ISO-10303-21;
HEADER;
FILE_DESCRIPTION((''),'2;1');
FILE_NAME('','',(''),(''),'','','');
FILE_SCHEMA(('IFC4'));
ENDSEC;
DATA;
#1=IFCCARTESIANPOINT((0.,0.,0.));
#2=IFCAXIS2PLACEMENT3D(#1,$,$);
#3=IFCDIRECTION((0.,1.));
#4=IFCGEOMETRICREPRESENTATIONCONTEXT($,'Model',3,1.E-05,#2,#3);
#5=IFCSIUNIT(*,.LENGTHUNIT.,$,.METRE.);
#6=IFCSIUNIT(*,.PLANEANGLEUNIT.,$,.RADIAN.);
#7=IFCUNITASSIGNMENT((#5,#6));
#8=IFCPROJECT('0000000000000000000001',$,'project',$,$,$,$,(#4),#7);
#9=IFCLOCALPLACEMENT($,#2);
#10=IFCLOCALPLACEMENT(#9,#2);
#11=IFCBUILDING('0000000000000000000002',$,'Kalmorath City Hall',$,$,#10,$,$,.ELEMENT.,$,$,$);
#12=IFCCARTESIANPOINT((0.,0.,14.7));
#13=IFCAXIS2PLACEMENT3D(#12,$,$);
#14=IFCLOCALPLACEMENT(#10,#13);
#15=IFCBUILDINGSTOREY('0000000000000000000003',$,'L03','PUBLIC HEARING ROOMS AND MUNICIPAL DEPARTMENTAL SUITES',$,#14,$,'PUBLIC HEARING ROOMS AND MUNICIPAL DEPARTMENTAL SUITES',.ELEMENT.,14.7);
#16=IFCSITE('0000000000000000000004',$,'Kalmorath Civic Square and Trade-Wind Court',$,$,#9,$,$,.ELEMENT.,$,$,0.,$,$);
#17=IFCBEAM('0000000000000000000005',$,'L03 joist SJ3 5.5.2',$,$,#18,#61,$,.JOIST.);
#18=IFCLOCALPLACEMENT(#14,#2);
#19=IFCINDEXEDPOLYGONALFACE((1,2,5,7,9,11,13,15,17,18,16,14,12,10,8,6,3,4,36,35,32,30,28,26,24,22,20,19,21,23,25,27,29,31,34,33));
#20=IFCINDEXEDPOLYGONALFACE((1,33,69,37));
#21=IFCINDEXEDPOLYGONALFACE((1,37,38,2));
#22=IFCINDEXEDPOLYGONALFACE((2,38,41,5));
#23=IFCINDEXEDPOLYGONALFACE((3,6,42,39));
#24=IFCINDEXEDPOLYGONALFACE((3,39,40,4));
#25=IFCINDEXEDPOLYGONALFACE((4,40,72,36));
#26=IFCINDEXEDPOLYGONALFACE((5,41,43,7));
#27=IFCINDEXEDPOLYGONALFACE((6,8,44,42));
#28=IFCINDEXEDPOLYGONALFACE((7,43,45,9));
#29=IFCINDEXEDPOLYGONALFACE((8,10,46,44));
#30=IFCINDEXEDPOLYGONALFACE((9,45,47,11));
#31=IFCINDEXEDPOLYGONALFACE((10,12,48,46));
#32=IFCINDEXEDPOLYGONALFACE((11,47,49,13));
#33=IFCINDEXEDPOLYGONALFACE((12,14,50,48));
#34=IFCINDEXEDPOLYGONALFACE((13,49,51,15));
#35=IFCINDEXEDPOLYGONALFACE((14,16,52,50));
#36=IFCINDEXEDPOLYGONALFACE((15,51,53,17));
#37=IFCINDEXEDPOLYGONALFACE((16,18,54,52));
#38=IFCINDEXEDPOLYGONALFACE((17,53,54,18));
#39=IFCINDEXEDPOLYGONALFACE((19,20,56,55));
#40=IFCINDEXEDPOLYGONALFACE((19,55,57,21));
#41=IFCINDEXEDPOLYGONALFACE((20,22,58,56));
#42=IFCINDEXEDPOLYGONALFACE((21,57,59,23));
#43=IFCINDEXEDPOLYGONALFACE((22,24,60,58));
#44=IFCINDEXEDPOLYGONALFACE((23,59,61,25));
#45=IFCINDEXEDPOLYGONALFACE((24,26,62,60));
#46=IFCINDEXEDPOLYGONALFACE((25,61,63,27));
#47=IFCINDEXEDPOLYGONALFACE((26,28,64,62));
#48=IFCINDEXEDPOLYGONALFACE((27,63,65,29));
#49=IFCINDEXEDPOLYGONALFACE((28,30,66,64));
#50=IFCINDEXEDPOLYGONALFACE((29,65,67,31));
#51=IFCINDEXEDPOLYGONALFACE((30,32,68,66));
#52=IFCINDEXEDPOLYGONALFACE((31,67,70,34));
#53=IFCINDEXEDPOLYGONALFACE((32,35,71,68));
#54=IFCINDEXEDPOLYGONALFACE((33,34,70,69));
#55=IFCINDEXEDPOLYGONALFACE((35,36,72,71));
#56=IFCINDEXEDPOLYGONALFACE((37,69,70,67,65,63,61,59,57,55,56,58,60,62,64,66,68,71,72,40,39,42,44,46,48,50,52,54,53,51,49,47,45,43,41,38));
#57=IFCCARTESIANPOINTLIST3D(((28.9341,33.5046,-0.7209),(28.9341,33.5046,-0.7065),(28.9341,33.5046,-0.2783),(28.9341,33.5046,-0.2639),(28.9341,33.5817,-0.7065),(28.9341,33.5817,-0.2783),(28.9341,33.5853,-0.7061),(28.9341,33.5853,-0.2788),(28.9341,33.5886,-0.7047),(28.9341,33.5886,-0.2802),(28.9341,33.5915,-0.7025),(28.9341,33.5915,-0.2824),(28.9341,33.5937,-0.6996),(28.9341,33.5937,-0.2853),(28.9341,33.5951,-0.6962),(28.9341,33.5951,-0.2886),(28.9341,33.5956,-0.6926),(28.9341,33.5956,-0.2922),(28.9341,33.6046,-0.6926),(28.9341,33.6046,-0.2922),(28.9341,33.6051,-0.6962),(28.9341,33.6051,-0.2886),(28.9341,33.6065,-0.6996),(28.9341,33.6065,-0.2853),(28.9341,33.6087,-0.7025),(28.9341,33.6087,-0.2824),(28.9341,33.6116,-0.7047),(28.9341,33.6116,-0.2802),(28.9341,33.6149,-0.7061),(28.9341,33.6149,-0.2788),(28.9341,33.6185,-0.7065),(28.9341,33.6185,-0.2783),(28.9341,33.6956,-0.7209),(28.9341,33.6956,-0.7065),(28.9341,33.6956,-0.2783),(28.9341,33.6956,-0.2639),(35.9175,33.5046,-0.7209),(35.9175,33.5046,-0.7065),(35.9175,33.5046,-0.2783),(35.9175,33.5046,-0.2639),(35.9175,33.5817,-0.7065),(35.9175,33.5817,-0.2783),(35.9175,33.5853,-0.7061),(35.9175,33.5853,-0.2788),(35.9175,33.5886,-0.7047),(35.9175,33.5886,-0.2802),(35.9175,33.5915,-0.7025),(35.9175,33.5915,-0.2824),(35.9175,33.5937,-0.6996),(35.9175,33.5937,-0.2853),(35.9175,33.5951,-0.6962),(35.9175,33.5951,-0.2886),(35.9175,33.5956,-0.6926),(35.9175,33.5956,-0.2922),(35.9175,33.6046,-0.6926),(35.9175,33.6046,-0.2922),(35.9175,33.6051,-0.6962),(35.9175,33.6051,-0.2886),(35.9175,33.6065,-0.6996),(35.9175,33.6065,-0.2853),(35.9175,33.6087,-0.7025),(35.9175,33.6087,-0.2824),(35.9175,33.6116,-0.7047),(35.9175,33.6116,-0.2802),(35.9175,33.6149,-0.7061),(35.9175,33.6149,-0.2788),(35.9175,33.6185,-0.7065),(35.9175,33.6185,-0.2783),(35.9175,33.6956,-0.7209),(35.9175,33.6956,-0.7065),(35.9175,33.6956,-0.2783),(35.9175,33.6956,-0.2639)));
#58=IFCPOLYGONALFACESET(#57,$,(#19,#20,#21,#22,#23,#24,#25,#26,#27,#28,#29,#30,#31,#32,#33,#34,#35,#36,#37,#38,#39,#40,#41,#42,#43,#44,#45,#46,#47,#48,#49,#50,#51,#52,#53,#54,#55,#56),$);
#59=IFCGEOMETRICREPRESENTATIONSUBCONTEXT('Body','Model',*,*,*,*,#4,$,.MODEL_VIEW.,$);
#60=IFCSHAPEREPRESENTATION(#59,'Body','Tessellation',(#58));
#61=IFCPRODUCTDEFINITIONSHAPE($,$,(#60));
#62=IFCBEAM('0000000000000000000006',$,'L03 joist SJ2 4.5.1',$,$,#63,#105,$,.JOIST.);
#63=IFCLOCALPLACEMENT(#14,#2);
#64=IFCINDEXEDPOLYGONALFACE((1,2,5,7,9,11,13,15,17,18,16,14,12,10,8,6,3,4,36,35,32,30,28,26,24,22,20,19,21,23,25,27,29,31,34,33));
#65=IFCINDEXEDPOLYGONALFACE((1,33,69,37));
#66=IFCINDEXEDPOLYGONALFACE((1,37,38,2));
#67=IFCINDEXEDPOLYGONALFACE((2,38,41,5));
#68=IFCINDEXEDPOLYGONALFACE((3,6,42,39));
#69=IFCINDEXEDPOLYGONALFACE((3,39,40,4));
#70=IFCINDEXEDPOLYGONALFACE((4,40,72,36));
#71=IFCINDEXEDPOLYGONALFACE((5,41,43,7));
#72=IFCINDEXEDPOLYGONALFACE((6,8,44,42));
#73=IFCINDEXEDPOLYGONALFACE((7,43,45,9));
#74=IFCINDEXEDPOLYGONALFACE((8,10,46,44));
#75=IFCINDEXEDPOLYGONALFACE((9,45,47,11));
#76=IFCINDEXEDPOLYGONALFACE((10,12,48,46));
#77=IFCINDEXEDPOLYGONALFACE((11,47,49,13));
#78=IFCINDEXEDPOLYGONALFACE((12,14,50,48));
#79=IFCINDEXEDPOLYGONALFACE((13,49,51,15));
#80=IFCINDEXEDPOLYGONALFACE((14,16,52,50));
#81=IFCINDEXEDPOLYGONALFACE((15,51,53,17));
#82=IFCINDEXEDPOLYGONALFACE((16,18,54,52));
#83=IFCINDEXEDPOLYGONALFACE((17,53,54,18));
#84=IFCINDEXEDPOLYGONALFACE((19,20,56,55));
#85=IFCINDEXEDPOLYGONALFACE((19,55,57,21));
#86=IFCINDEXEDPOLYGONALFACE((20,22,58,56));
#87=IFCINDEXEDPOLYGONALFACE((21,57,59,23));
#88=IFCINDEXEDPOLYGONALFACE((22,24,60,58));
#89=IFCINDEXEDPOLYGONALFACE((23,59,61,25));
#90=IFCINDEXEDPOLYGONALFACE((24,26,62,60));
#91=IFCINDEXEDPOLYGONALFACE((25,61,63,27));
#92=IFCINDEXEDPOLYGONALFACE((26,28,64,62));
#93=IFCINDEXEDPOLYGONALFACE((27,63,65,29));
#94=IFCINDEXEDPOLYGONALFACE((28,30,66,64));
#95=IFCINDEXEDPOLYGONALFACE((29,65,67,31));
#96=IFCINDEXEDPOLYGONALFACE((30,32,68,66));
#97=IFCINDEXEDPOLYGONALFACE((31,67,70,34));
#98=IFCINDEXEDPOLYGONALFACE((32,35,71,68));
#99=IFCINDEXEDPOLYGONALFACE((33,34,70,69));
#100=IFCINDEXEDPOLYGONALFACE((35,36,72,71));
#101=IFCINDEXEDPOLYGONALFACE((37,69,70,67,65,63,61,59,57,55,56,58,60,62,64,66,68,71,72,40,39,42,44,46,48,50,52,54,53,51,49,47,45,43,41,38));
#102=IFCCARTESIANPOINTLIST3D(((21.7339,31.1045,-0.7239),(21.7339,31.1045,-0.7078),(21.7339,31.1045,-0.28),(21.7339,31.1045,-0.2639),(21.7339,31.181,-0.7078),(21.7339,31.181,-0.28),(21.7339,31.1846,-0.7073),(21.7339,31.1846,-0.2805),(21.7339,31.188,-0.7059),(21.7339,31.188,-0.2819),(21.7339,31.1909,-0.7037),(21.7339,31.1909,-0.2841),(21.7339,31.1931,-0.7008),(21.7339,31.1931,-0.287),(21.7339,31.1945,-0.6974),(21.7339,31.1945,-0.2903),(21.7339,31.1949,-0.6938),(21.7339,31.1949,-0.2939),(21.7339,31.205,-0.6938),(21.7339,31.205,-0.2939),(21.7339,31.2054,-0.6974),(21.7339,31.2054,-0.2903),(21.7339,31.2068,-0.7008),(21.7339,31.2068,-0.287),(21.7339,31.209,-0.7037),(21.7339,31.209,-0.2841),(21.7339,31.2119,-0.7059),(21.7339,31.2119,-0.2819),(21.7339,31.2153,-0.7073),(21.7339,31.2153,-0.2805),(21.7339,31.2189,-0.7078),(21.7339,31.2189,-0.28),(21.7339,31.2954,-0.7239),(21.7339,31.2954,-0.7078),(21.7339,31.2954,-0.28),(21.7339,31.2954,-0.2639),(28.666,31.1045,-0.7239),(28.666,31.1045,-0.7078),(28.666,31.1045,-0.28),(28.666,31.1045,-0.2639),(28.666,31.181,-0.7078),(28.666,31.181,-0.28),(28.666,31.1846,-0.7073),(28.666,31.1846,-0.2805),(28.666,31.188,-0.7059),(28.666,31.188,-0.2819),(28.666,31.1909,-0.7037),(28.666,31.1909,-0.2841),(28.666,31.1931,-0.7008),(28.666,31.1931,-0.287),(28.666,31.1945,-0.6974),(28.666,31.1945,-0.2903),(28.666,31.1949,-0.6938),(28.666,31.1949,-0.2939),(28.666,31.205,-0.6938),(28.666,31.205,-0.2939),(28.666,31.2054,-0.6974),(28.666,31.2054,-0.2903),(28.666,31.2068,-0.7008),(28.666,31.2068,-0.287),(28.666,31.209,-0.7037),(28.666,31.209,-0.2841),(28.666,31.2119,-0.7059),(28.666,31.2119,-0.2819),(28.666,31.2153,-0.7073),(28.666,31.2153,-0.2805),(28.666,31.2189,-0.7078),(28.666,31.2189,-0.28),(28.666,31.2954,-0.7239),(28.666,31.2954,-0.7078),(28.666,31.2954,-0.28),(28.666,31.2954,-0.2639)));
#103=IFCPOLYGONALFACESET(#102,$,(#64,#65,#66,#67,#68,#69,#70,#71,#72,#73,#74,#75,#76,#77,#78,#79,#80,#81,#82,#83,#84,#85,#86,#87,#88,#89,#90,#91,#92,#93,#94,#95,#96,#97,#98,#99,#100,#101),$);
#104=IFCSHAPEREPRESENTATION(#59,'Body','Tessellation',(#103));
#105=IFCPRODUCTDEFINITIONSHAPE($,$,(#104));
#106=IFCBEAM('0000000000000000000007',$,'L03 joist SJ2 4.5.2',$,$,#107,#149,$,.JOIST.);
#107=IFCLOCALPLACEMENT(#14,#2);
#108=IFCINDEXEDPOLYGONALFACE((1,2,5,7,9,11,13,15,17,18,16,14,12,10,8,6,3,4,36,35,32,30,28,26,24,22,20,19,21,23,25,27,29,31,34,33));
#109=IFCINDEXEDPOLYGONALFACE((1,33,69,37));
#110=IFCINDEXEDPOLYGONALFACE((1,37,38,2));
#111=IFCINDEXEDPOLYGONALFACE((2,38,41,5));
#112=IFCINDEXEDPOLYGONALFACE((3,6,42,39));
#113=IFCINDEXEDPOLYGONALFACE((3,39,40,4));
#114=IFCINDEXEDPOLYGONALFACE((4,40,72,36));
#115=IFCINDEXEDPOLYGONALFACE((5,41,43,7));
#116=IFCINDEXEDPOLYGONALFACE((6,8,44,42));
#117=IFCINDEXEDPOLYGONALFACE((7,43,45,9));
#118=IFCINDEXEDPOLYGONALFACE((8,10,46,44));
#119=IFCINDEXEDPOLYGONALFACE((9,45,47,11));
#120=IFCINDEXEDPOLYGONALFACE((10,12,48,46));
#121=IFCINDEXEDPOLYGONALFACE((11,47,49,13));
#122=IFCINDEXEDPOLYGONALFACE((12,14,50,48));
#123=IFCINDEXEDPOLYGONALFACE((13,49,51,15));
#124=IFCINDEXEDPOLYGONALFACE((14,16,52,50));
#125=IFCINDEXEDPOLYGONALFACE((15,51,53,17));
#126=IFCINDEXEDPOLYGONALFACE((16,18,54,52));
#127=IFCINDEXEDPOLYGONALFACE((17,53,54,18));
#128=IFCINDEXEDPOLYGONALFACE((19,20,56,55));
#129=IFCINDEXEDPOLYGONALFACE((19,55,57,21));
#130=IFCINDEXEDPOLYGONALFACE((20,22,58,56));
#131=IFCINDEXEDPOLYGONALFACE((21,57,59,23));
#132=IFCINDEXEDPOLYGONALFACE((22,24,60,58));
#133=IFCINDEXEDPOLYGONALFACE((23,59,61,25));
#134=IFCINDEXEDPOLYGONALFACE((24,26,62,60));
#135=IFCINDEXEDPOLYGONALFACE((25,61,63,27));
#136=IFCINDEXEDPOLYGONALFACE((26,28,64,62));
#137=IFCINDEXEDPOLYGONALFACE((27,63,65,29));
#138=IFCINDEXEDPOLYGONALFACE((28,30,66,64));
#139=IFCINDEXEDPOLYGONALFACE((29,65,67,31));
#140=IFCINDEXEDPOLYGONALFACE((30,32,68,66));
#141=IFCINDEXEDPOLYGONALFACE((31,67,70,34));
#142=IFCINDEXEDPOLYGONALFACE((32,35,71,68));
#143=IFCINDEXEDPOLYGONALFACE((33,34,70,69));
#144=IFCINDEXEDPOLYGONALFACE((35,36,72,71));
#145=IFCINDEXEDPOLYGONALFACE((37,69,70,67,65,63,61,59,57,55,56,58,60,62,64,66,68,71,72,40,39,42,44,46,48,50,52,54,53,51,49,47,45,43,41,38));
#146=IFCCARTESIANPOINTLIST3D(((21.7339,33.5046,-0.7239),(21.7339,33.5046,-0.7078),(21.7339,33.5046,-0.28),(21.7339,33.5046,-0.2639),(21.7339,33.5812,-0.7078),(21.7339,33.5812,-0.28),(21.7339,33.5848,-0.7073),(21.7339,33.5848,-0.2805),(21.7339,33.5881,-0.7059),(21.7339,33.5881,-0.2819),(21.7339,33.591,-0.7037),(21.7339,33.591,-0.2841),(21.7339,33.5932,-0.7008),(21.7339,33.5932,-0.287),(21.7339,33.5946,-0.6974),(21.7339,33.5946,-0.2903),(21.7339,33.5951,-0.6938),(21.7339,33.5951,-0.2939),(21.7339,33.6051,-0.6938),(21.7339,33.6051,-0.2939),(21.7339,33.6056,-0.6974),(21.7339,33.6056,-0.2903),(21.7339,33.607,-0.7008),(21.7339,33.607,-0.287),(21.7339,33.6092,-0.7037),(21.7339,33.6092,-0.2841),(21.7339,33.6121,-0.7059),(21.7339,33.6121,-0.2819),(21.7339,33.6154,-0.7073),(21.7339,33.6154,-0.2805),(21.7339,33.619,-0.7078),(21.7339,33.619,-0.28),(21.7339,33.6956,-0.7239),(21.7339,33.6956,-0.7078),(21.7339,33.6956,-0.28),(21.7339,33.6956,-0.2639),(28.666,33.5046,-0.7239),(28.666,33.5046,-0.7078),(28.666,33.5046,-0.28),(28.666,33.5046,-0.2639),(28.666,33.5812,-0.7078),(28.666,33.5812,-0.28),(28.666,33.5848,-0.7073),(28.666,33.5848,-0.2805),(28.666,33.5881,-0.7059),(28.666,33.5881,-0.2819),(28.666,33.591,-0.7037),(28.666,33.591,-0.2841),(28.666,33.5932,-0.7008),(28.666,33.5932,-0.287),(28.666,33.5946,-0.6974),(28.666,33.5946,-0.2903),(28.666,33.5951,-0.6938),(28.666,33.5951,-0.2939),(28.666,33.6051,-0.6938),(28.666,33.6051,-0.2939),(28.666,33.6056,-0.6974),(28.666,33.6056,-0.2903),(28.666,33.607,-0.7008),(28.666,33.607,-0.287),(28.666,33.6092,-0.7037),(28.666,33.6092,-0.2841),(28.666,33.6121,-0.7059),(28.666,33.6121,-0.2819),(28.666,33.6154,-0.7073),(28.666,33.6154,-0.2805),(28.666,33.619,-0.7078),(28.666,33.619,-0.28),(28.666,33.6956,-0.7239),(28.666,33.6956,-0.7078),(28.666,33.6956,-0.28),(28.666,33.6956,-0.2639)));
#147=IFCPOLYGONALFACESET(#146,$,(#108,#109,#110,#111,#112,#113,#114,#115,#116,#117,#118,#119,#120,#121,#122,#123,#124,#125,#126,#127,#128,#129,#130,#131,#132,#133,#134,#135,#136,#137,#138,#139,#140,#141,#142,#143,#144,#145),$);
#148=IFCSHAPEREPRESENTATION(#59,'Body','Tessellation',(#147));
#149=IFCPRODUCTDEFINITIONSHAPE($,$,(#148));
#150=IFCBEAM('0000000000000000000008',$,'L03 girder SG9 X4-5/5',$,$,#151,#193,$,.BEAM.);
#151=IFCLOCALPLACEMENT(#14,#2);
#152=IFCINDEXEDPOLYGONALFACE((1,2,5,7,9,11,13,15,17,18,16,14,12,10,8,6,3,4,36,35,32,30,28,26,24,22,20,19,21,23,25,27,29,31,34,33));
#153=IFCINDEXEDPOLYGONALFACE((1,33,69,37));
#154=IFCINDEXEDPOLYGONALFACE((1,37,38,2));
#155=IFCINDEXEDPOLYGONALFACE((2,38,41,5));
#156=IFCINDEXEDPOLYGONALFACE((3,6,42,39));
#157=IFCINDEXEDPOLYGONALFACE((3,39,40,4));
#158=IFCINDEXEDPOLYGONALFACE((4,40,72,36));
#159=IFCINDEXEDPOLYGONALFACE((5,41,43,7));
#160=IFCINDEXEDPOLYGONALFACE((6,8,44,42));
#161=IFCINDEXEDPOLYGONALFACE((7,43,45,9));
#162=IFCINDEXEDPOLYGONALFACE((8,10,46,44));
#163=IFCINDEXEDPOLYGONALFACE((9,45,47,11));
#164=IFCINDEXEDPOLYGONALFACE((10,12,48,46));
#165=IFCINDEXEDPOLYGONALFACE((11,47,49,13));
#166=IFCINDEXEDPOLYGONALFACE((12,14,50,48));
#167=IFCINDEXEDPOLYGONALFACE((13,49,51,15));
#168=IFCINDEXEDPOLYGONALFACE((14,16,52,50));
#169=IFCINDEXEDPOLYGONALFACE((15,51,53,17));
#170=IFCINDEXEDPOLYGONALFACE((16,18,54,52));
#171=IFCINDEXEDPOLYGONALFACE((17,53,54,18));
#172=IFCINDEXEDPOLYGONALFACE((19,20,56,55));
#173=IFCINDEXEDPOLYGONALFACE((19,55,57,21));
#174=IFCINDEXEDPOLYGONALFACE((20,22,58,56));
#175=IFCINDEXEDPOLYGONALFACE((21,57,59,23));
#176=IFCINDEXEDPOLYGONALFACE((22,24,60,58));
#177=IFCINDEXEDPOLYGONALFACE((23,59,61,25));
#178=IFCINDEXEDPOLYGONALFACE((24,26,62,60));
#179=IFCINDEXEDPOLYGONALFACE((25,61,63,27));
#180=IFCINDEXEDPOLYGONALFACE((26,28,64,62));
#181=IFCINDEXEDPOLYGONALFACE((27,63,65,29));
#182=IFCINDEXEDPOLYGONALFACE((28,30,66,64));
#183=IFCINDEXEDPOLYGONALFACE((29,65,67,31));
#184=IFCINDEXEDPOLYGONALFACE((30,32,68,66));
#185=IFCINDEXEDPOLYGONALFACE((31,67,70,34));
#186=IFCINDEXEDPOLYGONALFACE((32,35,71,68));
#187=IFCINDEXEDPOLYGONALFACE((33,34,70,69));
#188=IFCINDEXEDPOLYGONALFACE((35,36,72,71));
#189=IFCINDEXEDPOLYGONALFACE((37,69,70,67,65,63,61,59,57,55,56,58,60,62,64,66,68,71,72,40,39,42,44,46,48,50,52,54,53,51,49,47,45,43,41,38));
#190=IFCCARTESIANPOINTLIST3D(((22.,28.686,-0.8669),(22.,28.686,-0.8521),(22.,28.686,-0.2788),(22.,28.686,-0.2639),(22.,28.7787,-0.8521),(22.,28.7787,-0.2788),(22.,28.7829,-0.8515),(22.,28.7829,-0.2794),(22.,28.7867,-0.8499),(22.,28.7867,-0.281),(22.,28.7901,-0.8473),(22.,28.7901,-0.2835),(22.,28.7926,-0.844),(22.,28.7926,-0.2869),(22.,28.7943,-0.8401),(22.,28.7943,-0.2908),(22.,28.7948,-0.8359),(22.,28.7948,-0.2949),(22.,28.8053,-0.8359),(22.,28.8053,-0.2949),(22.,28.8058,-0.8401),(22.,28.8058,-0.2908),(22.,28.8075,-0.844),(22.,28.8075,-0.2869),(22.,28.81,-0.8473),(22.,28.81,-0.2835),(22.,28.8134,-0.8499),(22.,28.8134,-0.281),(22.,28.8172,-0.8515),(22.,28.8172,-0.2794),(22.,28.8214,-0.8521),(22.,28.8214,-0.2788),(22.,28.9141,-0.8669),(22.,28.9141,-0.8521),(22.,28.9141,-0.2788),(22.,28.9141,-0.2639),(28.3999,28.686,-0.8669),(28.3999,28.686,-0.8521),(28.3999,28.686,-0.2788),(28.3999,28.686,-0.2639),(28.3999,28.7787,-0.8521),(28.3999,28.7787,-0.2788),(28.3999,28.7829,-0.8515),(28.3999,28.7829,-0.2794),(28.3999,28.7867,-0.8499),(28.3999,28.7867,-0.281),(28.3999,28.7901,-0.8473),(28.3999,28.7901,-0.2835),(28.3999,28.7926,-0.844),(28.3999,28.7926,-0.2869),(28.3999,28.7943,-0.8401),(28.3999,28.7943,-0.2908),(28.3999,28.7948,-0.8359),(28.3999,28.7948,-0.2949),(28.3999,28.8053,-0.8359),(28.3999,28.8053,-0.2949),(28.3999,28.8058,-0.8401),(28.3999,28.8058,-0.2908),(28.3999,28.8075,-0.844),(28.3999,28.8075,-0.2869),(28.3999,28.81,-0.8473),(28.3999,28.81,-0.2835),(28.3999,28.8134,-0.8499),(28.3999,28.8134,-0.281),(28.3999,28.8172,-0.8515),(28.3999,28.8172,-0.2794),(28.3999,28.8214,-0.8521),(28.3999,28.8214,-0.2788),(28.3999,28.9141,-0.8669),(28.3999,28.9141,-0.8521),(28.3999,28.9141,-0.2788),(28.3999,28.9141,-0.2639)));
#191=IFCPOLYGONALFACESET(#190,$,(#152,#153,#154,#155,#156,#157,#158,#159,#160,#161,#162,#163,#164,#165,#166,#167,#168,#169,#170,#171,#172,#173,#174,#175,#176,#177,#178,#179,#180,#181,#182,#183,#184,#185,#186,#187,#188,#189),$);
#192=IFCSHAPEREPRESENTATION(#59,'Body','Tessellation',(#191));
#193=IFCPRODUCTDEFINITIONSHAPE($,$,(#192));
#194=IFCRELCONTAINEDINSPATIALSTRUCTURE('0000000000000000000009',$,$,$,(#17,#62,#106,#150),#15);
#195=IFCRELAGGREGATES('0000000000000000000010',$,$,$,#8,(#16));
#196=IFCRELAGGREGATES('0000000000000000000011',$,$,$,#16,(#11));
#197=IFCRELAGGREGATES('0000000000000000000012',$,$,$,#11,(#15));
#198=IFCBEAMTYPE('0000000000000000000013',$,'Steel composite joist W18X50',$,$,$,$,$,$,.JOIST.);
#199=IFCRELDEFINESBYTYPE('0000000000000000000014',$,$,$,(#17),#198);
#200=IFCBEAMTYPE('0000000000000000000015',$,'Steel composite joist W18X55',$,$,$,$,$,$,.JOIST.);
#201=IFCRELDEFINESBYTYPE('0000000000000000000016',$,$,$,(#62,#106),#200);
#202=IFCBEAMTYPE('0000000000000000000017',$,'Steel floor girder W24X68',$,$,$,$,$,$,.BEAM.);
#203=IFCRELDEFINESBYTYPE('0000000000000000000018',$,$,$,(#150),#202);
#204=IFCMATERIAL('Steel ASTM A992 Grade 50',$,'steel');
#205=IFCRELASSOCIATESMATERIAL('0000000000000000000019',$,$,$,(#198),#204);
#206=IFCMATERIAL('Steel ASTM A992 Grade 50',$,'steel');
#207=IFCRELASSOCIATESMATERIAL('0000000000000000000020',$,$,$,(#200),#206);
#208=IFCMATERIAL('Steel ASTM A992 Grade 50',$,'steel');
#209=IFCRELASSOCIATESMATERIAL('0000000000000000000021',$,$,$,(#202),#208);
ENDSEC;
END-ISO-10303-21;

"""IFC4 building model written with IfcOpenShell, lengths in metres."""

from ifc_helpers import new_model, si_unit, direction, frame, origin, origin_2d, place, context, subcontext, project, spatial, i_section, extrude, material, material_profile, profile_set, type_object, element, save


model = new_model("IFC4")

# Units and contexts
model_context = context("Model", 3, precision=1e-05, world=origin(), true_north=direction((0.0, 1.0)))
body_context = subcontext(model_context, "Body", "Model", "MODEL_VIEW")
ifc_project = project(units=[si_unit("LENGTHUNIT", "METRE"), si_unit("PLANEANGLEUNIT", "RADIAN")], contexts=[model_context])

# Site, building, storey
site_placement = place(None, origin())
site = spatial("IfcSite", under=ifc_project, at=site_placement, Name="Kalmorath Civic Square and Trade-Wind Court", CompositionType="ELEMENT", RefElevation=0.0)
building_placement = place(site_placement, origin())
building = spatial("IfcBuilding", under=site, at=building_placement, Name="Kalmorath City Hall", CompositionType="ELEMENT")
storey_placement = place(building_placement, frame((0.0, 0.0, 14.7)))
storey = spatial("IfcBuildingStorey", under=building, at=storey_placement, Name="L03", Description="PUBLIC HEARING ROOMS AND MUNICIPAL DEPARTMENTAL SUITES", LongName="PUBLIC HEARING ROOMS AND MUNICIPAL DEPARTMENTAL SUITES", CompositionType="ELEMENT", Elevation=14.7)

# Beams
ifc_material_1 = material(Name="Steel ASTM A992 Grade 50", Category="steel")
ifc_material_profile_1 = material_profile(ifc_material_1, i_section(OverallWidth=0.1909, OverallDepth=0.457, WebThickness=0.009, FlangeThickness=0.0144, FilletRadius=0.0139, at=origin_2d()), Name="W18X50")
ifc_profile_set_1 = profile_set([ifc_material_profile_1], Name="Steel ASTM A992 Grade 50")
beam_type_1 = type_object("IfcBeamType", Name="Steel composite joist W18X50", PredefinedType="JOIST", material=ifc_profile_set_1)
for number, where, z_axis, x_axis, name in (
    (1, (28.9341, 33.6001, -0.4924), (1.0, 0.0, 0.0), (0.0, 1.0, 0.0), "L03 joist SJ3 5.5.2"),
):
    element("IfcBeam", number, at=place(storey_placement, frame(where, z_axis=z_axis, x_axis=x_axis)), inside=storey, type_object=beam_type_1, Name=name, PredefinedType="JOIST", context=body_context, shape_type="SweptSolid", body=[
        extrude(i_section(OverallWidth=0.1909, OverallDepth=0.457, WebThickness=0.009, FlangeThickness=0.0144, FilletRadius=0.0139, at=origin_2d()), origin(), (0.0, 0.0, 1.0), 6.9834),
    ])
ifc_material_2 = material(Name="Steel ASTM A992 Grade 50", Category="steel")
ifc_material_profile_2 = material_profile(ifc_material_2, i_section(OverallWidth=0.1909, OverallDepth=0.46, WebThickness=0.01, FlangeThickness=0.0161, FilletRadius=0.0139, at=origin_2d()), Name="W18X55")
ifc_profile_set_2 = profile_set([ifc_material_profile_2], Name="Steel ASTM A992 Grade 50")
beam_type_2 = type_object("IfcBeamType", Name="Steel composite joist W18X55", PredefinedType="JOIST", material=ifc_profile_set_2)
for number, where, z_axis, x_axis, name in (
    (2, (21.7339, 31.2, -0.4939), (1.0, 0.0, 0.0), (0.0, 1.0, 0.0), "L03 joist SJ2 4.5.1"),
    (3, (21.7339, 33.6001, -0.4939), (1.0, 0.0, 0.0), (0.0, 1.0, 0.0), "L03 joist SJ2 4.5.2"),
):
    element("IfcBeam", number, at=place(storey_placement, frame(where, z_axis=z_axis, x_axis=x_axis)), inside=storey, type_object=beam_type_2, Name=name, PredefinedType="JOIST", context=body_context, shape_type="SweptSolid", body=[
        extrude(i_section(OverallWidth=0.1909, OverallDepth=0.46, WebThickness=0.01, FlangeThickness=0.0161, FilletRadius=0.0139, at=origin_2d()), origin(), (0.0, 0.0, 1.0), 6.9321),
    ])
ifc_material_3 = material(Name="Steel ASTM A992 Grade 50", Category="steel")
ifc_material_profile_3 = material_profile(ifc_material_3, i_section(OverallWidth=0.228, OverallDepth=0.603, WebThickness=0.0105, FlangeThickness=0.0149, FilletRadius=0.0161, at=origin_2d()), Name="W24X68")
ifc_profile_set_3 = profile_set([ifc_material_profile_3], Name="Steel ASTM A992 Grade 50")
beam_type_3 = type_object("IfcBeamType", Name="Steel floor girder W24X68", PredefinedType="BEAM", material=ifc_profile_set_3)
beam_1_placement = place(storey_placement, frame((22.0, 28.8, -0.5654), z_axis=(1.0, 0.0, 0.0), x_axis=(0.0, 1.0, 0.0)))
element("IfcBeam", 4, at=beam_1_placement, inside=storey, type_object=beam_type_3, Name="L03 girder SG9 X4-5/5", PredefinedType="BEAM", context=body_context, shape_type="SweptSolid", body=[
    extrude(i_section(OverallWidth=0.228, OverallDepth=0.603, WebThickness=0.0105, FlangeThickness=0.0149, FilletRadius=0.0161, at=origin_2d()), origin(), (0.0, 0.0, 1.0), 6.3999),
])

save(model, "model.ifc")
